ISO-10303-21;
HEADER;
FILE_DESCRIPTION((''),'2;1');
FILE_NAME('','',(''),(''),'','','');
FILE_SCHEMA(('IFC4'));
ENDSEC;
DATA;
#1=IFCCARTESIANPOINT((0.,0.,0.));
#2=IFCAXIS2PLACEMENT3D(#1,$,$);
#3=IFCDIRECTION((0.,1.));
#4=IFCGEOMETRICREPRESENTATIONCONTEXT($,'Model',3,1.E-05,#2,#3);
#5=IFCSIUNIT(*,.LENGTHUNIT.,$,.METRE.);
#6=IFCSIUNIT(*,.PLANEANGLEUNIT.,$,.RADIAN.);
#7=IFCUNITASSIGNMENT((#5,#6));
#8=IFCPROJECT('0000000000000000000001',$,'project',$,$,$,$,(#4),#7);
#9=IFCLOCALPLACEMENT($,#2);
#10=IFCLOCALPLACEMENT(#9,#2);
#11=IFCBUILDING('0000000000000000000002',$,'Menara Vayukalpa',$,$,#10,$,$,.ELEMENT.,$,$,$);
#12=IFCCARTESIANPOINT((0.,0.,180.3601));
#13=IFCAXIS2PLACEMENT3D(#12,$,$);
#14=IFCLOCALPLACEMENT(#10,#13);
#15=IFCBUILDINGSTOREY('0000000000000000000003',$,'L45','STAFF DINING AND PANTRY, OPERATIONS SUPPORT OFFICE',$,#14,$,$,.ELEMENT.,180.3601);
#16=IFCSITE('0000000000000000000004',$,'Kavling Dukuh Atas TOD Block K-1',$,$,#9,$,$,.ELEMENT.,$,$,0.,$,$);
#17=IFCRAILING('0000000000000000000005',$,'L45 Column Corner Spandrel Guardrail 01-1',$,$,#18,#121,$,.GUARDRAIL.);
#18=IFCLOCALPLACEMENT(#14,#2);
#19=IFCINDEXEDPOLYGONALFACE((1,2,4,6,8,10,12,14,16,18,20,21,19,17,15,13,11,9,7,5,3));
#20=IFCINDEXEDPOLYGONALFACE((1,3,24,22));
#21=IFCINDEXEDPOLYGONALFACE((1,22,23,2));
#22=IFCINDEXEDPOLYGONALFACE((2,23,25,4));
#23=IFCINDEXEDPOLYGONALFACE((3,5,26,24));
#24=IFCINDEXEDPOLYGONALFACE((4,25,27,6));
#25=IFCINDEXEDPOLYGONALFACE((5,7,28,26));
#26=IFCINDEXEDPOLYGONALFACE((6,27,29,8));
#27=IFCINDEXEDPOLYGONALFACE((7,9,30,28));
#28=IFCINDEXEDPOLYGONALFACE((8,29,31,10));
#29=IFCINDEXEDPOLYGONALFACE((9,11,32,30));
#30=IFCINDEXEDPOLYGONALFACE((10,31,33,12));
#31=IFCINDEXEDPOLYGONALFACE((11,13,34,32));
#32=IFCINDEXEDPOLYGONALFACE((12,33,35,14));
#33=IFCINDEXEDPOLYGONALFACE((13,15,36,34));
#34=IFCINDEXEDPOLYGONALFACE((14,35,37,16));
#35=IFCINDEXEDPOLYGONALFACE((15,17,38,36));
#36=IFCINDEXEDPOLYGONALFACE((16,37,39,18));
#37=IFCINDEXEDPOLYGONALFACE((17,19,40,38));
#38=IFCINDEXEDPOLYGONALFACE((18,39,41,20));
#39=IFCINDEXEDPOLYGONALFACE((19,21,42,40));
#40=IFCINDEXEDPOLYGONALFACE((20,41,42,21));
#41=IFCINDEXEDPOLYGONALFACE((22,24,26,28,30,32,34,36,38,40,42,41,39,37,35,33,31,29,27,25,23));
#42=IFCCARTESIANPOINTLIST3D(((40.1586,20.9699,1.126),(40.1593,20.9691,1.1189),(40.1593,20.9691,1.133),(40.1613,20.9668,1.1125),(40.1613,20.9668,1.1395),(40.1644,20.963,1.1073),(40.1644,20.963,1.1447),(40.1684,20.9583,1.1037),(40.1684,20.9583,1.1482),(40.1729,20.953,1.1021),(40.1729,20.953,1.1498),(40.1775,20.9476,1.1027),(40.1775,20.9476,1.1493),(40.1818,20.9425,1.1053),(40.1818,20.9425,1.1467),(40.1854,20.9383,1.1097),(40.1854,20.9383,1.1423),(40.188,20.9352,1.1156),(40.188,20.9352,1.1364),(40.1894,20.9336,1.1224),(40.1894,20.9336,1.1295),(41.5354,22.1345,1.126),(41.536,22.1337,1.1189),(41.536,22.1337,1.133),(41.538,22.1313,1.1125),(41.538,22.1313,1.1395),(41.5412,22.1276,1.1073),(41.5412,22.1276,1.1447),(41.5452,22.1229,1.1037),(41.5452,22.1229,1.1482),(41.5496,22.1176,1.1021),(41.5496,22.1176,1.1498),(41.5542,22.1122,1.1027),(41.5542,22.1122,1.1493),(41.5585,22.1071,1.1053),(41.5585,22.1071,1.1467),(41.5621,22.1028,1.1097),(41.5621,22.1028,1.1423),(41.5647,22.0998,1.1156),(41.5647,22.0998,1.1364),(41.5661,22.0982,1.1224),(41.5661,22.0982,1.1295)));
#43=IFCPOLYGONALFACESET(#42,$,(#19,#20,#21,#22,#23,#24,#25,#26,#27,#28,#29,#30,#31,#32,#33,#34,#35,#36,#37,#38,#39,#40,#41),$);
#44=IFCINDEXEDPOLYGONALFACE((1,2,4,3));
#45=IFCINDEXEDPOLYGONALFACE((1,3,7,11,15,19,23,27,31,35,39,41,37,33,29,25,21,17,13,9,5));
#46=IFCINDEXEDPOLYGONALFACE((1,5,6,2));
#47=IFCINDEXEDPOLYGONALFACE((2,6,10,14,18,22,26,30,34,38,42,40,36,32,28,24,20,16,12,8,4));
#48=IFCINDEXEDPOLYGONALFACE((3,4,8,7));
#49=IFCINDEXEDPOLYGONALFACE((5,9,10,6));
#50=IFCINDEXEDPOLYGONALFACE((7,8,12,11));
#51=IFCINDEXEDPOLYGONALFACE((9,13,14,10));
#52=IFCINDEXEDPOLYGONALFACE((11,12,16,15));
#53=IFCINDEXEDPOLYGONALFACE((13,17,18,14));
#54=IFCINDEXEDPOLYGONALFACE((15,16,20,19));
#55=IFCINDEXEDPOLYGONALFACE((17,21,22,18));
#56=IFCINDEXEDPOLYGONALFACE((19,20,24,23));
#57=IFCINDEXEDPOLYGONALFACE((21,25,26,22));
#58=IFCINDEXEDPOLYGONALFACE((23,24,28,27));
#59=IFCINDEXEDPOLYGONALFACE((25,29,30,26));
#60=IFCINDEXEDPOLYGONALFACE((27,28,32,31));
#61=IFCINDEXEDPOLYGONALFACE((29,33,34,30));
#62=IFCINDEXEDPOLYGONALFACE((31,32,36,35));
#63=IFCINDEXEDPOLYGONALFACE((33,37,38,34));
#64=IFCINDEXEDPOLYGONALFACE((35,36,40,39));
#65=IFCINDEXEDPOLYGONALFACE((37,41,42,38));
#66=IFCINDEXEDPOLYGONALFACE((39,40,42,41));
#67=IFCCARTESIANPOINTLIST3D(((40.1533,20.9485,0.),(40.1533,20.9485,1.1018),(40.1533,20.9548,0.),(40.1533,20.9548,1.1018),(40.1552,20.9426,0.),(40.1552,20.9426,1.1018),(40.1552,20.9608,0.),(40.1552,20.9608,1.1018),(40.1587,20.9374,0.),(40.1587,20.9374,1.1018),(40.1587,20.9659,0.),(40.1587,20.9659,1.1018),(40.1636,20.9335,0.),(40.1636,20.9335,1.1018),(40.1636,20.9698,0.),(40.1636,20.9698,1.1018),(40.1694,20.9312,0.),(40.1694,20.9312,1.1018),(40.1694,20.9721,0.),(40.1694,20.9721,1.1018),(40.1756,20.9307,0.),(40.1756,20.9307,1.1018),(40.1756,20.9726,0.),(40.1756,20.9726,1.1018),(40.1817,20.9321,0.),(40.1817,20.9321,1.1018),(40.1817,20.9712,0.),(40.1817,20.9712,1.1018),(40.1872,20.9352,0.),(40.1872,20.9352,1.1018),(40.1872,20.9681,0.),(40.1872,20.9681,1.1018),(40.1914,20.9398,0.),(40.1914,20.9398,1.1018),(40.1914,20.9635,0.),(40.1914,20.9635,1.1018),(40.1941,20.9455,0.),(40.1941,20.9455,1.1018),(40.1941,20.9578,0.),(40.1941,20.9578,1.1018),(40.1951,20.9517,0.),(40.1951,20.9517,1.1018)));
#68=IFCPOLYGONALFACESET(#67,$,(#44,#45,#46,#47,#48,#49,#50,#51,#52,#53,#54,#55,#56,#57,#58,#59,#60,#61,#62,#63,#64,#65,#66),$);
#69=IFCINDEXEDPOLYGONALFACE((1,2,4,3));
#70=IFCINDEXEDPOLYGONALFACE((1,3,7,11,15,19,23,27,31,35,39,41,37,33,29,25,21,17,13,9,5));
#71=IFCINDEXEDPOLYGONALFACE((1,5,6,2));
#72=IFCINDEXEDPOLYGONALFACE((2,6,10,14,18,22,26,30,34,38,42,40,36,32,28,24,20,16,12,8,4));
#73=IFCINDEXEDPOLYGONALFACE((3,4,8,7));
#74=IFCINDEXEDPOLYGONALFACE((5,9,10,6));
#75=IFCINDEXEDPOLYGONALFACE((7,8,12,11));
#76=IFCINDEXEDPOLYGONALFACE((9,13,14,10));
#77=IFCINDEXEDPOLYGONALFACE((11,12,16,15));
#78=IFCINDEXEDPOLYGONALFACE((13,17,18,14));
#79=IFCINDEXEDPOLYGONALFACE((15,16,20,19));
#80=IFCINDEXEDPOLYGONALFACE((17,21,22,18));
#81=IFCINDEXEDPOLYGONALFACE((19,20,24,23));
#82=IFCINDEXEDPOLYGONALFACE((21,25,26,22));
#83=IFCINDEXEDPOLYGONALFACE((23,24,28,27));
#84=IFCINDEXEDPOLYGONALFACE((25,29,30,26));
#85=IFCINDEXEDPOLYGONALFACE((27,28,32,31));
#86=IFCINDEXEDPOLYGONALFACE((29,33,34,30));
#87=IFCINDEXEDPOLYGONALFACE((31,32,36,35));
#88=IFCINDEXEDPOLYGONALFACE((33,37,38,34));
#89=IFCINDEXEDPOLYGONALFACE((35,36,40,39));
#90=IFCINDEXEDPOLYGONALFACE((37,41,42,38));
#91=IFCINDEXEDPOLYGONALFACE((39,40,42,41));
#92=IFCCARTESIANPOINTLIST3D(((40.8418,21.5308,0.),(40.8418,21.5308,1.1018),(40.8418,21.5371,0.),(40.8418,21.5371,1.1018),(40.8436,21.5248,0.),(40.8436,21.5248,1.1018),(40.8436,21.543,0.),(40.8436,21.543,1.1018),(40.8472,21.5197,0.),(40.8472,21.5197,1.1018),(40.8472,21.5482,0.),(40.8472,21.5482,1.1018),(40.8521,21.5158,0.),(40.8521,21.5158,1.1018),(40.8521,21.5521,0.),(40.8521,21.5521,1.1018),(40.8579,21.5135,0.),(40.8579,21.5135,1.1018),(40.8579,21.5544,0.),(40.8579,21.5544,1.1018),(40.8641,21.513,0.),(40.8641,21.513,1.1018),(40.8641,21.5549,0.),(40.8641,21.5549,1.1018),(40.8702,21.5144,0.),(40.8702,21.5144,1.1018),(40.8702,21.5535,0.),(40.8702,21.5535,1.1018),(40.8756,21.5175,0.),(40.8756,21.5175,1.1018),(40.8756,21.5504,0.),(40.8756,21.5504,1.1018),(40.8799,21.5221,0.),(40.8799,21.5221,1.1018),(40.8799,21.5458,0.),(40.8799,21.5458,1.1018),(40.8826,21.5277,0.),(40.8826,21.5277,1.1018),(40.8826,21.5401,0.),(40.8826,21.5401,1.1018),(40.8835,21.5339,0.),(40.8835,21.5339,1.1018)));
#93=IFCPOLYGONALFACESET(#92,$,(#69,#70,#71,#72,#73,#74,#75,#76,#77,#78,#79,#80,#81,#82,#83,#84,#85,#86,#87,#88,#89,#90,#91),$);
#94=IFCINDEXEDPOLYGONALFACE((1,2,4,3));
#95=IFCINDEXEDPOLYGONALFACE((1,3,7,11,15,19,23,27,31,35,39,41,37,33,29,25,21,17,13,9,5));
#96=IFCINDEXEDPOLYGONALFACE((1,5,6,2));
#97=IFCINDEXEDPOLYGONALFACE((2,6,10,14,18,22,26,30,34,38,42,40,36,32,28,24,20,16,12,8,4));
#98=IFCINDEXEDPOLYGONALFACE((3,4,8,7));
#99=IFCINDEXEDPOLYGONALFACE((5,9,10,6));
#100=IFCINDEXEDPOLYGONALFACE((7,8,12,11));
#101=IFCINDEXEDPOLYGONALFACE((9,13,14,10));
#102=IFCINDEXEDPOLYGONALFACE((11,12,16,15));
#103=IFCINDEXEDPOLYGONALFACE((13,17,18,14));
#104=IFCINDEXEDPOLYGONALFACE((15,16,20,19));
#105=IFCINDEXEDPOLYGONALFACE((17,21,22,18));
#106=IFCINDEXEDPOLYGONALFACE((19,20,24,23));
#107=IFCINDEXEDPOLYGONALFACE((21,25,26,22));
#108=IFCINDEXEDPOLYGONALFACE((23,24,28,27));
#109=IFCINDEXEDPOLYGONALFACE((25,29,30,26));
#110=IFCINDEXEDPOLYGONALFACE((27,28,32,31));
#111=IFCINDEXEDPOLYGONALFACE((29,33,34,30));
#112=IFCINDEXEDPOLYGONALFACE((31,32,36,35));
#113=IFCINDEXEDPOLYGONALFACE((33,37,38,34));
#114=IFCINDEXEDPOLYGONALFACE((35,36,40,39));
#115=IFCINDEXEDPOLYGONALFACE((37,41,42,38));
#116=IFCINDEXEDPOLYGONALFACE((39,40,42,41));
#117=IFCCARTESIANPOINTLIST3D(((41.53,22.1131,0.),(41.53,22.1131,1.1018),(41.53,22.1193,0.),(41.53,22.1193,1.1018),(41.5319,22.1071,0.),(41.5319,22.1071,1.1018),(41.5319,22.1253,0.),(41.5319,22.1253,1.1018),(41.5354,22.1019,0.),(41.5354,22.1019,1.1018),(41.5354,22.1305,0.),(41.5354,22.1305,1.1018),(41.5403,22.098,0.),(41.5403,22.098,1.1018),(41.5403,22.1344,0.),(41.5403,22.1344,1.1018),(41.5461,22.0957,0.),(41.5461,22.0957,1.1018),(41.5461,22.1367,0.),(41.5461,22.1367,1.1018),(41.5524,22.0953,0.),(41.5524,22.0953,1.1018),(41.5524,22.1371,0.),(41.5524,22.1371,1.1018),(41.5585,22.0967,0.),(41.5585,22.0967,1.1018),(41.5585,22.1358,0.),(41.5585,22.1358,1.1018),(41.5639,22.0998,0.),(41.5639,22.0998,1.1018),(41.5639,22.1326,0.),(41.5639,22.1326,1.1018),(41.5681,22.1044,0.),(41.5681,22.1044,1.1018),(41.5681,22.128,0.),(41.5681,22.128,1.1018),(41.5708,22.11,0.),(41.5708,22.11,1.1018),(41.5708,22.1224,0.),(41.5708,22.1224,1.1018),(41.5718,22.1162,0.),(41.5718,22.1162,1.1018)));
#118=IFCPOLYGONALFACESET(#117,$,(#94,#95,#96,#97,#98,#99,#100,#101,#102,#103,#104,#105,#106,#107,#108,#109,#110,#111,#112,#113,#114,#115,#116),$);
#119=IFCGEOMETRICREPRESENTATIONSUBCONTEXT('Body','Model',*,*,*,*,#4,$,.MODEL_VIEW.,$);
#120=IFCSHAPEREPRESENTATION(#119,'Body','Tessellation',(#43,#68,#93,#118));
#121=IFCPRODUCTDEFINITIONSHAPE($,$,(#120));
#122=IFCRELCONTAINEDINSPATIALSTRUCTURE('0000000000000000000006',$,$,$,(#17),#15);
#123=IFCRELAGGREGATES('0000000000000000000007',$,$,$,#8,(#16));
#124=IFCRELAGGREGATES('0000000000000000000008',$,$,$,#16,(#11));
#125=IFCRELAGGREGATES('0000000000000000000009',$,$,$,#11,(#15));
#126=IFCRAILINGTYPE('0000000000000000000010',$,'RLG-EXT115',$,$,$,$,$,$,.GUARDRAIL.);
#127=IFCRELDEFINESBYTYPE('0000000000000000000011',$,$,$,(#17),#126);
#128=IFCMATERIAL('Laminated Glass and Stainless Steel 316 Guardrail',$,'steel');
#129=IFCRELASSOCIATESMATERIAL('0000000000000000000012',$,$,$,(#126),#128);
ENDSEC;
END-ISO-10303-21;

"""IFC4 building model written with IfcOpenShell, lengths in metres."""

from ifc_helpers import new_model, si_unit, direction, frame, origin, origin_2d, place, context, subcontext, project, spatial, circle, extrude, material, type_object, element, save


model = new_model("IFC4")

# Units and contexts
model_context = context("Model", 3, precision=1e-05, world=origin(), true_north=direction((0.0, 1.0)))
body_context = subcontext(model_context, "Body", "Model", "MODEL_VIEW")
ifc_project = project(units=[si_unit("LENGTHUNIT", "METRE"), si_unit("PLANEANGLEUNIT", "RADIAN")], contexts=[model_context])

# Site, building, storey
site_placement = place(None, origin())
site = spatial("IfcSite", under=ifc_project, at=site_placement, Name="Kavling Dukuh Atas TOD Block K-1", CompositionType="ELEMENT", RefElevation=0.0)
building_placement = place(site_placement, origin())
building = spatial("IfcBuilding", under=site, at=building_placement, Name="Menara Vayukalpa", CompositionType="ELEMENT")
storey_placement = place(building_placement, frame((0.0, 0.0, 180.3601)))
storey = spatial("IfcBuildingStorey", under=building, at=storey_placement, Name="L45", Description="STAFF DINING AND PANTRY, OPERATIONS SUPPORT OFFICE", CompositionType="ELEMENT", Elevation=180.3601)

# Railing
ifc_material_1 = material(Name="Laminated Glass and Stainless Steel 316 Guardrail", Category="steel")
railing_type_1 = type_object("IfcRailingType", Name="RLG-EXT115", PredefinedType="GUARDRAIL", material=ifc_material_1)
railing_1_placement = place(storey_placement, frame((40.1741, 20.9517, 0.0)))
element("IfcRailing", 1, at=railing_1_placement, inside=storey, type_object=railing_type_1, Name="L45 Column Corner Spandrel Guardrail 01-1", PredefinedType="GUARDRAIL", context=body_context, shape_type="SweptSolid", body=[
    extrude(circle(Radius=0.0239, at=origin_2d()), frame((0.0, 0.0, 1.126), z_axis=(0.763484, 0.645827, 0.0), x_axis=(-0.645827, 0.763484, 0.0)), (0.0, 0.0, 1.0), 1.8032),
    extrude(circle(Radius=0.021, at=origin_2d()), origin(), (0.0, 0.0, 1.0), 1.1018),
    extrude(circle(Radius=0.021, at=origin_2d()), frame((0.6885, 0.5823, 0.0)), (0.0, 0.0, 1.0), 1.1018),
    extrude(circle(Radius=0.021, at=origin_2d()), frame((1.3767, 1.1646, 0.0)), (0.0, 0.0, 1.0), 1.1018),
])

save(model, "model.ifc")
